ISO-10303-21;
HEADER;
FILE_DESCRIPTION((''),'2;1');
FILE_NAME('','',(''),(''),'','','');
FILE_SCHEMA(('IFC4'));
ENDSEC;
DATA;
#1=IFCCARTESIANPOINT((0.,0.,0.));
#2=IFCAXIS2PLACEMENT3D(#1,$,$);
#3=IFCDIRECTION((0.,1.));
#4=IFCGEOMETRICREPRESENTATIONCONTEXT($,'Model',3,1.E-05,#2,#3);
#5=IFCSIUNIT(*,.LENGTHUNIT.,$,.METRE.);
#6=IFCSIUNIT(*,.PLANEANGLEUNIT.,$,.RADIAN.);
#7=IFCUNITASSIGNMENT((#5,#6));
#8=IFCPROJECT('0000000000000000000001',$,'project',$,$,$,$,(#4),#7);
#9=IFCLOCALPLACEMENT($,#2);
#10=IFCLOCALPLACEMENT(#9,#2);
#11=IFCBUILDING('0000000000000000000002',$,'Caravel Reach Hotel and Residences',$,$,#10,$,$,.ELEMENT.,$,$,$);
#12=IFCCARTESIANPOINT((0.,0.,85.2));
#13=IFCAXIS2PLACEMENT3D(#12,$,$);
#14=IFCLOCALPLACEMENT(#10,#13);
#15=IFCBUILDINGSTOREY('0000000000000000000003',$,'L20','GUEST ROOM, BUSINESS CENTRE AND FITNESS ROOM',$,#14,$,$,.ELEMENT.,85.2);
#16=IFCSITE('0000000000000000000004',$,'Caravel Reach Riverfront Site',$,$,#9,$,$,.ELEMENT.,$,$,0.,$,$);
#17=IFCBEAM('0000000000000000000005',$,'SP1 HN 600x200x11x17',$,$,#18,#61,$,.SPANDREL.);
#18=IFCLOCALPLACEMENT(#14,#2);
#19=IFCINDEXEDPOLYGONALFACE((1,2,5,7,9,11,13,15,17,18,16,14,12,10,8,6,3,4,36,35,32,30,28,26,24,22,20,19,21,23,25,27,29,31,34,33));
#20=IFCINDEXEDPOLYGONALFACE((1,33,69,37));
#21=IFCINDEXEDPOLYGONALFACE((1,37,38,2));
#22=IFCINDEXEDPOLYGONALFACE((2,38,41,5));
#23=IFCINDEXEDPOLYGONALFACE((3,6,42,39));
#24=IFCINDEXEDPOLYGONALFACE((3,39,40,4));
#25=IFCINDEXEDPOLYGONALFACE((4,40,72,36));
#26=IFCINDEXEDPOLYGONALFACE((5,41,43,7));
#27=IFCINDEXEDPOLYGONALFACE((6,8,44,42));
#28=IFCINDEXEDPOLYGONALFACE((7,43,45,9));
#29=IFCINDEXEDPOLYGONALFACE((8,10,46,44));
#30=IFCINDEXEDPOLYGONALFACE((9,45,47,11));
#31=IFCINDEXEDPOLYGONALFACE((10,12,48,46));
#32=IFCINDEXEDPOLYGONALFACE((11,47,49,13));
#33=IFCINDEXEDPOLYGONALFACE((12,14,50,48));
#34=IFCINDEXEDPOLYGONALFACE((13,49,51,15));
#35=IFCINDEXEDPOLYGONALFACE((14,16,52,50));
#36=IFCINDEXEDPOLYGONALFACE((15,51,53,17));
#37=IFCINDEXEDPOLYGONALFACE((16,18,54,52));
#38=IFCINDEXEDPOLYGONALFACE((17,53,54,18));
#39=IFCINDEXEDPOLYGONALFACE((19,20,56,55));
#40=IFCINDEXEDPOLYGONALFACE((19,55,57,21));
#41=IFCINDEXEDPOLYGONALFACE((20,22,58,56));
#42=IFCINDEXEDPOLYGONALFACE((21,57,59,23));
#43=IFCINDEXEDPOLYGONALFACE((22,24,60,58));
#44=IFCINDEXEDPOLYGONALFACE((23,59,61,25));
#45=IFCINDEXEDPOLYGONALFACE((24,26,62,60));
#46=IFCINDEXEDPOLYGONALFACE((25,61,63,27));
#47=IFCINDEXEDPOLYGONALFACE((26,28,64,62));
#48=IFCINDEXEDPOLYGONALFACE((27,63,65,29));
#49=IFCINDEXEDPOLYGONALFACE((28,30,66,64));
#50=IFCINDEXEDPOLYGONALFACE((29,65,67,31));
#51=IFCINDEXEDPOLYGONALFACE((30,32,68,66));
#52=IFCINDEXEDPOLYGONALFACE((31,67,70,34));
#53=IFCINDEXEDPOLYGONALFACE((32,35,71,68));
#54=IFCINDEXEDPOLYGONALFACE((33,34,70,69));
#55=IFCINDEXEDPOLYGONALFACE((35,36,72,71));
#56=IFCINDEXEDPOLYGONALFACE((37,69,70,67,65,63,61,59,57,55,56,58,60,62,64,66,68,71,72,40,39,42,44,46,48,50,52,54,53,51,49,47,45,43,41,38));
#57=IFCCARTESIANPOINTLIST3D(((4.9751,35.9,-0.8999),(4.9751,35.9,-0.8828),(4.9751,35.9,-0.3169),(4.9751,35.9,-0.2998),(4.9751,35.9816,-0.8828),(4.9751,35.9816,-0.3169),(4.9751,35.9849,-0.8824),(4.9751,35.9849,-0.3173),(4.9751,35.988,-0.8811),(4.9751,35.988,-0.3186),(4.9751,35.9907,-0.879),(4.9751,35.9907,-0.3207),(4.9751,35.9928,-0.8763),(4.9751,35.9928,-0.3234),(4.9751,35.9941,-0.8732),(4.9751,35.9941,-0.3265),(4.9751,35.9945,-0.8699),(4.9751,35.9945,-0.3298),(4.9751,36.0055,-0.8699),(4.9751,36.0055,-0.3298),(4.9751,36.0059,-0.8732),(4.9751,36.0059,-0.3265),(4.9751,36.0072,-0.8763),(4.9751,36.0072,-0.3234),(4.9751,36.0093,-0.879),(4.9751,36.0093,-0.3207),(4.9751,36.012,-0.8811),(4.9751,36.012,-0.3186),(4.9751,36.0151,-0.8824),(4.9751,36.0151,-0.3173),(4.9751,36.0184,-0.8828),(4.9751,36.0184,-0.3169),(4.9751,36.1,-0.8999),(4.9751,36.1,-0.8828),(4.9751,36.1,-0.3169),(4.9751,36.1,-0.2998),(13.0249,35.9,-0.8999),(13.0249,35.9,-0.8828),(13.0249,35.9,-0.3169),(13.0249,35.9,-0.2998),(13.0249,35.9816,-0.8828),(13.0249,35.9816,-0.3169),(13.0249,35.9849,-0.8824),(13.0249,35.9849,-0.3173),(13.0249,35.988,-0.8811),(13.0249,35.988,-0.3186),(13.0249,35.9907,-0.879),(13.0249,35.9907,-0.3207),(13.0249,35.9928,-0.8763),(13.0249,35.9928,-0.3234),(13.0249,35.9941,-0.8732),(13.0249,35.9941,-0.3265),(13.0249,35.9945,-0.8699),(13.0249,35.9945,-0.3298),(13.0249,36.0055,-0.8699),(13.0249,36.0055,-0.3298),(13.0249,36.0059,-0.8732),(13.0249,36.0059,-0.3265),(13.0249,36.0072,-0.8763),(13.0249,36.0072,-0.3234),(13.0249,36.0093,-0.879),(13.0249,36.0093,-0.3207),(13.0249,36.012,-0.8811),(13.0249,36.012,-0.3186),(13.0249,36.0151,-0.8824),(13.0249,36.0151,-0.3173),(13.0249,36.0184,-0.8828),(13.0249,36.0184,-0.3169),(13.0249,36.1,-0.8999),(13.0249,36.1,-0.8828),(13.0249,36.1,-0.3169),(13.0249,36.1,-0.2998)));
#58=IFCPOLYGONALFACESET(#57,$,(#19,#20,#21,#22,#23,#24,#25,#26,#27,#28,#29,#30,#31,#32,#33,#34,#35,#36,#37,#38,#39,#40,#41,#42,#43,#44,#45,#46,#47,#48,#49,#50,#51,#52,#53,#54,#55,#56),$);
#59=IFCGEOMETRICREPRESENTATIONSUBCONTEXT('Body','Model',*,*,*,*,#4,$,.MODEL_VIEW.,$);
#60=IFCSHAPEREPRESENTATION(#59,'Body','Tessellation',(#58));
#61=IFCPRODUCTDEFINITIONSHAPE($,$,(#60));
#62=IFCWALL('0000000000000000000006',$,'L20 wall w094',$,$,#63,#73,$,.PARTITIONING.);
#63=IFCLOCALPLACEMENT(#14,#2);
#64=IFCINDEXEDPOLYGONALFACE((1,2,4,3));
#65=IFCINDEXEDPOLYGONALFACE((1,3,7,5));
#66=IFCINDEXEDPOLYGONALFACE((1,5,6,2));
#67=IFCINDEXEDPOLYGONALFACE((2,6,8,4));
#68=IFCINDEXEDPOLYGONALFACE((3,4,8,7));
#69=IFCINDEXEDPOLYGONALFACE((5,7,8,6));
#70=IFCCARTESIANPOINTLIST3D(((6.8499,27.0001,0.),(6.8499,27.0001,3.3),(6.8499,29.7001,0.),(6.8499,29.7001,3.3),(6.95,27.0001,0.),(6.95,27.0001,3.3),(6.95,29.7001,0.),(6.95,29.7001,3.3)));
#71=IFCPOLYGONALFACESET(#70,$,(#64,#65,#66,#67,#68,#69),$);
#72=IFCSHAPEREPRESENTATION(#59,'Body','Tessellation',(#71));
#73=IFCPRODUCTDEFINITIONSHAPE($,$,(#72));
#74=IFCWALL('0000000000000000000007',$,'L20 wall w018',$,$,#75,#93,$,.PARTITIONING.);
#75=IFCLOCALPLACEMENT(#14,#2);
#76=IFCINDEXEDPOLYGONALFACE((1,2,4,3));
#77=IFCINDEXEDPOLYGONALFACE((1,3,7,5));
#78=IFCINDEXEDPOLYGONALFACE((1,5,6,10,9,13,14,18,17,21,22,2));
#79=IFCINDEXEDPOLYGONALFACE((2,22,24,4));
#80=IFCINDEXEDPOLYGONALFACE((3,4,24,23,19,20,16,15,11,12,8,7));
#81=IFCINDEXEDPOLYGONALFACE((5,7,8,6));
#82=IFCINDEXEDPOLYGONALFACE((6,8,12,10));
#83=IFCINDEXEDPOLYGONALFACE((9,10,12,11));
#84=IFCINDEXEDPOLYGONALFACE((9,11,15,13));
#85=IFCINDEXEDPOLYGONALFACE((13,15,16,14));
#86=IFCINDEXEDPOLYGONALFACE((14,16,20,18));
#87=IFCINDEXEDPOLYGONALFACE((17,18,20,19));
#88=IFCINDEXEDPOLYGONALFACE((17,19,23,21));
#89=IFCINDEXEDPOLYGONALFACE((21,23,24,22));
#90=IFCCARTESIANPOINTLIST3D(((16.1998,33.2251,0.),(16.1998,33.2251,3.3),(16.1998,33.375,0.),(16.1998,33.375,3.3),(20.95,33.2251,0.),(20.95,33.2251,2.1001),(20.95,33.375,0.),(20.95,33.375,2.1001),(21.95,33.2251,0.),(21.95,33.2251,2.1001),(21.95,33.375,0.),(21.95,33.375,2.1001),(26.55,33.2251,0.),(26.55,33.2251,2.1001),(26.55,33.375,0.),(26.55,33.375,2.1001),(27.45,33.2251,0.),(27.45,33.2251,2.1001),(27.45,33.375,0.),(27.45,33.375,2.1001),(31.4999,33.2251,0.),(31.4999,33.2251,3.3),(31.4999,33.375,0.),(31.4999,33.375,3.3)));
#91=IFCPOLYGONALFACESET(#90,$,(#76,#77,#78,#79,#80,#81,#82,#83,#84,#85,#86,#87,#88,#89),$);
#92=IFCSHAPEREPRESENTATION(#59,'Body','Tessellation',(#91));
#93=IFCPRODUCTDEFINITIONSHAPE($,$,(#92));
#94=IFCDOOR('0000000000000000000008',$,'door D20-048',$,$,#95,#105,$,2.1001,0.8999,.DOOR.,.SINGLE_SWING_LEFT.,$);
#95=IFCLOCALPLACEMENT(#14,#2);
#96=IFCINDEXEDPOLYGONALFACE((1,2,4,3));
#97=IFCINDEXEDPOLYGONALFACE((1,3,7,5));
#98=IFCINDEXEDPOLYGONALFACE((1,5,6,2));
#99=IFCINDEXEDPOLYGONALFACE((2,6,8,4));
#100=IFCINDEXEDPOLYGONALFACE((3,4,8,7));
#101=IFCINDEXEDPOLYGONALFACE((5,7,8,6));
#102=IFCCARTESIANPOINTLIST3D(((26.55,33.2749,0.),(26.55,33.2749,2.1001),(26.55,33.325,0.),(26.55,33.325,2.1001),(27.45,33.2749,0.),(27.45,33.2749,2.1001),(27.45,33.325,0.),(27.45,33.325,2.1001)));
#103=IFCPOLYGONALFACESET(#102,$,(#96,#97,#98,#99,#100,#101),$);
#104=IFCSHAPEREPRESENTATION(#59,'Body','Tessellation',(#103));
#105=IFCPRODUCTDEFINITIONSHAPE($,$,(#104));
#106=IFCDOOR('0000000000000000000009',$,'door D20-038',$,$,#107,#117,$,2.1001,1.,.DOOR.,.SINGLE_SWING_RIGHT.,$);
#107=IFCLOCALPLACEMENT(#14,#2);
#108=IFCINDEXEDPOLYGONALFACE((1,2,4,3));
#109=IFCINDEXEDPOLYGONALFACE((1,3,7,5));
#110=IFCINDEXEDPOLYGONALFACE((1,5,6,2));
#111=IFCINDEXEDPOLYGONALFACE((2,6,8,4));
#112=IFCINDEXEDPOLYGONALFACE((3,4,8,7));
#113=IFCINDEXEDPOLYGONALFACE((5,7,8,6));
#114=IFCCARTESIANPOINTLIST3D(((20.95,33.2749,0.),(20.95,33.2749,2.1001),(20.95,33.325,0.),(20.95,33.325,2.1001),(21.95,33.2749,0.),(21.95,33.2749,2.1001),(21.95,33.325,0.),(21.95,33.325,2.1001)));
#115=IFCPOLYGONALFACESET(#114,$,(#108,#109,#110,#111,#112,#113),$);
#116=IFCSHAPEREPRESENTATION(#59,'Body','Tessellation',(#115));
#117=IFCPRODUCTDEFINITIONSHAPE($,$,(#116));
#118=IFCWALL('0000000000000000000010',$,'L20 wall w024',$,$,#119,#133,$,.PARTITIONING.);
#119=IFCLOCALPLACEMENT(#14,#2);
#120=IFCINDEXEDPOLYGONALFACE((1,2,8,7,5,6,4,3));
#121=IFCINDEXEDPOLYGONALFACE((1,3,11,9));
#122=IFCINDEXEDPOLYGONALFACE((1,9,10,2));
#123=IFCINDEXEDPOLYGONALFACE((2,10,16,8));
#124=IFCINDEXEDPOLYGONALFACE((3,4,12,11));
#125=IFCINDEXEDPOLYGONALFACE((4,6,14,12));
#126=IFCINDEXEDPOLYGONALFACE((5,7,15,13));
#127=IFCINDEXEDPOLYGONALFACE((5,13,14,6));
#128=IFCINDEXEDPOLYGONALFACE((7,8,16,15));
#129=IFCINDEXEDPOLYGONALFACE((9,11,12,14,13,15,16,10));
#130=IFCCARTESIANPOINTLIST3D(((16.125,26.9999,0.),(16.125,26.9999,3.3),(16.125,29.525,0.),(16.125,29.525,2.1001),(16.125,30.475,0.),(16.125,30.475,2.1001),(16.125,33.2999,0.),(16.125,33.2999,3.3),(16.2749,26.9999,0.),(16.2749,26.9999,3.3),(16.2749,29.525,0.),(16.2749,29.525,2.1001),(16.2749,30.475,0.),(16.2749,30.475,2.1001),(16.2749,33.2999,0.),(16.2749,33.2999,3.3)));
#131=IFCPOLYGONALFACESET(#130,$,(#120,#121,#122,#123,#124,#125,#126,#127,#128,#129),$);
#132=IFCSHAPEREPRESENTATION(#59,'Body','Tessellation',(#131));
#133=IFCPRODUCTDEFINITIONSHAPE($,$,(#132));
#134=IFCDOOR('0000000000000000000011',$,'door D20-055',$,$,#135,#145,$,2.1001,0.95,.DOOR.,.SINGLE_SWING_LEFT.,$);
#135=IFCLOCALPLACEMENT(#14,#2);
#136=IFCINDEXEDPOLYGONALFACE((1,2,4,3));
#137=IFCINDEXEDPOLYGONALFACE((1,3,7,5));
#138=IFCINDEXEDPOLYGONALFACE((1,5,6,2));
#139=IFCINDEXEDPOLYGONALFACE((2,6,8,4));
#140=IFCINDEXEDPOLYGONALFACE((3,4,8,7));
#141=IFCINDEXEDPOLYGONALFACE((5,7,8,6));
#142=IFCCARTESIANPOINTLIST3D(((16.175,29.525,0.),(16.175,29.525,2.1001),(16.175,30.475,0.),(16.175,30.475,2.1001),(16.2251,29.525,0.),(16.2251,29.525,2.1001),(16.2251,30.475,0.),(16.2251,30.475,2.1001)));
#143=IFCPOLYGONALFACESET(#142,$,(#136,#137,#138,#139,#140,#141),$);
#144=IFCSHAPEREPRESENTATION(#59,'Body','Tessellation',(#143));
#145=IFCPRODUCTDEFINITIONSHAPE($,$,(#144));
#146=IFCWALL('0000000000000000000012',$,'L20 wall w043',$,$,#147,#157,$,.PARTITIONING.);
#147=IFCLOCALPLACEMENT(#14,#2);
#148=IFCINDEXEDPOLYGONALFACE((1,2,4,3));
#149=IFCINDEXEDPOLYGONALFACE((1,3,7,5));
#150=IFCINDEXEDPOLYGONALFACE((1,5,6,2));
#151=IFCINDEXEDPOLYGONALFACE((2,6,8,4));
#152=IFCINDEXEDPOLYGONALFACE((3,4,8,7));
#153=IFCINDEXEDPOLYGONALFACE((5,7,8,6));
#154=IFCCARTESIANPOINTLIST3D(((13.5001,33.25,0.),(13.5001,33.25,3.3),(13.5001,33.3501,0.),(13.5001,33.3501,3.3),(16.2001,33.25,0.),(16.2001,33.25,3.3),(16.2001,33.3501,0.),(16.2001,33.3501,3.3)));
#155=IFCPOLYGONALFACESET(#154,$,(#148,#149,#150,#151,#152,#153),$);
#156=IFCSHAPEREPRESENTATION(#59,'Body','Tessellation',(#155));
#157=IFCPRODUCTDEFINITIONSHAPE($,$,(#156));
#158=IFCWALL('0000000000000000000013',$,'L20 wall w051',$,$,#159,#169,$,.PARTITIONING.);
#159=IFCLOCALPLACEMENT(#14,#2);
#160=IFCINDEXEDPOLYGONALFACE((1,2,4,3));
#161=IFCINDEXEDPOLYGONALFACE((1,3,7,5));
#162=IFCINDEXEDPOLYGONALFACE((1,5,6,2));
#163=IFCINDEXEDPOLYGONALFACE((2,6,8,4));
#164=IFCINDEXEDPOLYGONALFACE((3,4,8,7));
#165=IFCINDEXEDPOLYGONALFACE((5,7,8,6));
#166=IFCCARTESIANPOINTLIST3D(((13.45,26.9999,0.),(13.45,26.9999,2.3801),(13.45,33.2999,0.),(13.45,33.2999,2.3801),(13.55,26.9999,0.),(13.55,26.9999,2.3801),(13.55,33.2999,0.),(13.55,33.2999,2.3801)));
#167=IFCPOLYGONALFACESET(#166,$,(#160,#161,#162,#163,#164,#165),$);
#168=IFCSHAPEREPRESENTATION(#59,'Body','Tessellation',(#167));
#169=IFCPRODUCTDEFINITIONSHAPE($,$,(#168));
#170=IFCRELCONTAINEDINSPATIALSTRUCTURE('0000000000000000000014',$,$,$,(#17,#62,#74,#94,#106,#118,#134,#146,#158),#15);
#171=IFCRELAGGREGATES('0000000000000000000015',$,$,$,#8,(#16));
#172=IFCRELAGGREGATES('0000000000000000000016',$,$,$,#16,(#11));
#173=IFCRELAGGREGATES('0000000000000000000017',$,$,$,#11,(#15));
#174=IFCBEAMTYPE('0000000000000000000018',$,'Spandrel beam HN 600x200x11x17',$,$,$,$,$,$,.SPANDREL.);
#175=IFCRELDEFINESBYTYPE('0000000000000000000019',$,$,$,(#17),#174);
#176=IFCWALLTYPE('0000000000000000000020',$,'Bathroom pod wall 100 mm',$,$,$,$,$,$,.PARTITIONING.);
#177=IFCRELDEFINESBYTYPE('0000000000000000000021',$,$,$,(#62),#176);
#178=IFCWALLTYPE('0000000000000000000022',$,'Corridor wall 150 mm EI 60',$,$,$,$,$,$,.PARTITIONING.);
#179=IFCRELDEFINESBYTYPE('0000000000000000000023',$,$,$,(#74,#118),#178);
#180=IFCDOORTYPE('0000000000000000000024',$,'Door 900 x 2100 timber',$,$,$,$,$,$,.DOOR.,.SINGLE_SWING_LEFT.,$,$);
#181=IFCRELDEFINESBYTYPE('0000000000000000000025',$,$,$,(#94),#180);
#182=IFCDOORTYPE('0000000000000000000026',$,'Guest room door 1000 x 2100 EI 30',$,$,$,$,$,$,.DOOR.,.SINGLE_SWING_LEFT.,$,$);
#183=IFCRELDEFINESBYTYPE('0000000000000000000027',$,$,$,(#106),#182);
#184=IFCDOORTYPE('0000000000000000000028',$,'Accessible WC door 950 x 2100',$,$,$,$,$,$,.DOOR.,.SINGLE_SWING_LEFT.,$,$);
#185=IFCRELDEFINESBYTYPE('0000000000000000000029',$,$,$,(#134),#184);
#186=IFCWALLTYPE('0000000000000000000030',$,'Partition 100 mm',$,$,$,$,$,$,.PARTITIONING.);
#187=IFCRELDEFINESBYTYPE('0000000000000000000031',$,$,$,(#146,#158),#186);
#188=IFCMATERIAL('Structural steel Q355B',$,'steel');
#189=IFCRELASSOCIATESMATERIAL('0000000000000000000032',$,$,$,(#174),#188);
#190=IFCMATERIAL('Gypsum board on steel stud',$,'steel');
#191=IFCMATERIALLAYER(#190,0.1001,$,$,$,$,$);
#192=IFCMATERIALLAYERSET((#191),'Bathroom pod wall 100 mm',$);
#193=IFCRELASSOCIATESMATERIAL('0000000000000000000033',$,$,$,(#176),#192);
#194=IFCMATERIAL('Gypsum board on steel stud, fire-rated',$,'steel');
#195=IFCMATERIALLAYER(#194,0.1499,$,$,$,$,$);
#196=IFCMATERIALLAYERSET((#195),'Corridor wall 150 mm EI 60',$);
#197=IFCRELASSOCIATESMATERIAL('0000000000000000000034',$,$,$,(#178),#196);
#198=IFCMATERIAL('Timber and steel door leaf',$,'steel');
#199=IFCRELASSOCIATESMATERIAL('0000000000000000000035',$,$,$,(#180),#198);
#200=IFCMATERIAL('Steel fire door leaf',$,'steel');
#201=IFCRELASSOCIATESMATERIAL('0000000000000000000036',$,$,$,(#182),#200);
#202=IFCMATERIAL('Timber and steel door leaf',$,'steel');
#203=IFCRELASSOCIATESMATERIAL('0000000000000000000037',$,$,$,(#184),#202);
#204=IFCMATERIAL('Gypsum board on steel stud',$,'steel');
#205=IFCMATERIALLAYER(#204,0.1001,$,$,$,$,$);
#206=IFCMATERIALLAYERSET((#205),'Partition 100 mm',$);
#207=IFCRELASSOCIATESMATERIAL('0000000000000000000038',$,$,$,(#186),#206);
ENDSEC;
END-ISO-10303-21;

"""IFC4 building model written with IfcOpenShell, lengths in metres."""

from ifc_helpers import new_model, si_unit, direction, frame, frame_2d, origin, origin_2d, place, context, subcontext, project, spatial, rectangle, i_section, extrude, material, layer, layer_set, material_profile, profile_set, type_object, element, fill, save


model = new_model("IFC4")

# Units and contexts
model_context = context("Model", 3, precision=1e-05, world=origin(), true_north=direction((0.0, 1.0)))
body_context = subcontext(model_context, "Body", "Model", "MODEL_VIEW")
ifc_project = project(units=[si_unit("LENGTHUNIT", "METRE"), si_unit("PLANEANGLEUNIT", "RADIAN")], contexts=[model_context])

# Site, building, storey
site_placement = place(None, origin())
site = spatial("IfcSite", under=ifc_project, at=site_placement, Name="Caravel Reach Riverfront Site", CompositionType="ELEMENT", RefElevation=0.0)
building_placement = place(site_placement, origin())
building = spatial("IfcBuilding", under=site, at=building_placement, Name="Caravel Reach Hotel and Residences", CompositionType="ELEMENT")
storey_placement = place(building_placement, frame((0.0, 0.0, 85.2)))
storey = spatial("IfcBuildingStorey", under=building, at=storey_placement, Name="L20", Description="GUEST ROOM, BUSINESS CENTRE AND FITNESS ROOM", CompositionType="ELEMENT", Elevation=85.2)

# Beam
ifc_material_1 = material(Name="Structural steel Q355B", Category="steel")
ifc_material_profile_1 = material_profile(ifc_material_1, i_section(OverallWidth=0.2, OverallDepth=0.6001, WebThickness=0.011, FlangeThickness=0.0171, FilletRadius=0.0129, at=origin_2d()), Name="HN 600x200x11x17")
ifc_profile_set_1 = profile_set([ifc_material_profile_1], Name="Structural steel Q355B")
beam_type_1 = type_object("IfcBeamType", Name="Spandrel beam HN 600x200x11x17", PredefinedType="SPANDREL", material=ifc_profile_set_1)
beam_1_placement = place(storey_placement, frame((13.0249, 36.0, -0.5999), z_axis=(-1.0, 0.0, 0.0), x_axis=(0.0, -1.0, 0.0)))
element("IfcBeam", 1, at=beam_1_placement, inside=storey, type_object=beam_type_1, Name="SP1 HN 600x200x11x17", PredefinedType="SPANDREL", context=body_context, shape_type="SweptSolid", body=[
    extrude(i_section(OverallWidth=0.2, OverallDepth=0.6001, WebThickness=0.011, FlangeThickness=0.0171, FilletRadius=0.0129, at=origin_2d()), origin(), (0.0, 0.0, 1.0), 8.0498),
])

# Wall
ifc_material_2 = material(Name="Gypsum board on steel stud", Category="steel")
ifc_layer_1 = layer(ifc_material_2, 0.1001)
ifc_layer_set_1 = layer_set([ifc_layer_1], Name="Bathroom pod wall 100 mm")
wall_type_1 = type_object("IfcWallType", Name="Bathroom pod wall 100 mm", PredefinedType="PARTITIONING", material=ifc_layer_set_1)
wall_1_placement = place(storey_placement, frame((6.8999, 27.0, 0.0), z_axis=(0.0, 0.0, 1.0), x_axis=(0.0, 1.0, 0.0)))
element("IfcWall", 2, at=wall_1_placement, inside=storey, type_object=wall_type_1, Name="L20 wall w094", PredefinedType="PARTITIONING", context=body_context, shape_type="SweptSolid", body=[
    extrude(rectangle(XDim=2.7, YDim=0.1001, at=frame_2d((1.3501, 0.0))), origin(), (0.0, 0.0, 1.0), 3.3),
])

# Wall, openings, doors
ifc_material_3 = material(Name="Gypsum board on steel stud, fire-rated", Category="steel")
ifc_layer_2 = layer(ifc_material_3, 0.1499)
ifc_layer_set_2 = layer_set([ifc_layer_2], Name="Corridor wall 150 mm EI 60")
wall_type_2 = type_object("IfcWallType", Name="Corridor wall 150 mm EI 60", PredefinedType="PARTITIONING", material=ifc_layer_set_2)
wall_2_placement = place(storey_placement, frame((16.2, 33.3, 0.0), z_axis=(0.0, 0.0, 1.0), x_axis=(1.0, 0.0, 0.0)))
wall_2 = element("IfcWall", 3, at=wall_2_placement, inside=storey, type_object=wall_type_2, Name="L20 wall w018", PredefinedType="PARTITIONING", context=body_context, shape_type="SweptSolid", body=[
    extrude(rectangle(XDim=15.3, YDim=0.1499, at=frame_2d((7.6499, 0.0))), origin(), (0.0, 0.0, 1.0), 3.3),
])
opening_1_placement = place(wall_2_placement, frame((4.75, 0.0, 0.0)))
opening_1 = element("IfcOpeningElement", 4, at=opening_1_placement, cuts=wall_2, PredefinedType="OPENING", context=body_context, shape_type="SweptSolid", body=[
    extrude(rectangle(XDim=1.0, YDim=2.1001, at=frame_2d((0.5, 1.05))), frame((0.0, 0.085, 0.0), z_axis=(0.0, -1.0, 0.0), x_axis=(1.0, 0.0, 0.0)), (0.0, 0.0, 1.0), 0.1699),
])
opening_2_placement = place(wall_2_placement, frame((10.3501, 0.0, 0.0)))
opening_2 = element("IfcOpeningElement", 5, at=opening_2_placement, cuts=wall_2, PredefinedType="OPENING", context=body_context, shape_type="SweptSolid", body=[
    extrude(rectangle(XDim=0.8999, YDim=2.1001, at=frame_2d((0.45, 1.05))), frame((0.0, 0.085, 0.0), z_axis=(0.0, -1.0, 0.0), x_axis=(1.0, 0.0, 0.0)), (0.0, 0.0, 1.0), 0.1699),
])
ifc_material_4 = material(Name="Timber and steel door leaf", Category="steel")
door_type_1 = type_object("IfcDoorType", Name="Door 900 x 2100 timber", OperationType="SINGLE_SWING_LEFT", PredefinedType="DOOR", material=ifc_material_4)
door_1_placement = place(opening_2_placement, origin())
door_1 = element("IfcDoor", 6, at=door_1_placement, inside=storey, type_object=door_type_1, Name="door D20-048", OperationType="SINGLE_SWING_LEFT", OverallHeight=2.1001, OverallWidth=0.8999, PredefinedType="DOOR", context=body_context, shape_type="SweptSolid", body=[
    extrude(rectangle(XDim=0.8999, YDim=2.1001, at=frame_2d((0.45, 1.05))), frame((0.0, 0.0249, 0.0), z_axis=(0.0, -1.0, 0.0), x_axis=(1.0, 0.0, 0.0)), (0.0, 0.0, 1.0), 0.05),
])
fill(opening_2, door_1)
ifc_material_5 = material(Name="Steel fire door leaf", Category="steel")
door_type_2 = type_object("IfcDoorType", Name="Guest room door 1000 x 2100 EI 30", OperationType="SINGLE_SWING_LEFT", PredefinedType="DOOR", material=ifc_material_5)
door_2_placement = place(opening_1_placement, origin())
door_2 = element("IfcDoor", 7, at=door_2_placement, inside=storey, type_object=door_type_2, Name="door D20-038", OperationType="SINGLE_SWING_RIGHT", OverallHeight=2.1001, OverallWidth=1.0, PredefinedType="DOOR", context=body_context, shape_type="SweptSolid", body=[
    extrude(rectangle(XDim=1.0, YDim=2.1001, at=frame_2d((0.5, 1.05))), frame((0.0, 0.0249, 0.0), z_axis=(0.0, -1.0, 0.0), x_axis=(1.0, 0.0, 0.0)), (0.0, 0.0, 1.0), 0.05),
])
fill(opening_1, door_2)

# Wall, opening, door
wall_3_placement = place(storey_placement, frame((16.2, 27.0, 0.0), z_axis=(0.0, 0.0, 1.0), x_axis=(0.0, 1.0, 0.0)))
wall_3 = element("IfcWall", 8, at=wall_3_placement, inside=storey, type_object=wall_type_2, Name="L20 wall w024", PredefinedType="PARTITIONING", context=body_context, shape_type="SweptSolid", body=[
    extrude(rectangle(XDim=6.3, YDim=0.1499, at=frame_2d((3.1499, 0.0))), origin(), (0.0, 0.0, 1.0), 3.3),
])
opening_3_placement = place(wall_3_placement, frame((2.5249, 0.0, 0.0)))
opening_3 = element("IfcOpeningElement", 9, at=opening_3_placement, cuts=wall_3, PredefinedType="OPENING", context=body_context, shape_type="SweptSolid", body=[
    extrude(rectangle(XDim=0.95, YDim=2.1001, at=frame_2d((0.4751, 1.05))), frame((0.0, 0.085, 0.0), z_axis=(0.0, -1.0, 0.0), x_axis=(1.0, 0.0, 0.0)), (0.0, 0.0, 1.0), 0.1699),
])
ifc_material_6 = material(Name="Timber and steel door leaf", Category="steel")
door_type_3 = type_object("IfcDoorType", Name="Accessible WC door 950 x 2100", OperationType="SINGLE_SWING_LEFT", PredefinedType="DOOR", material=ifc_material_6)
door_3_placement = place(opening_3_placement, origin())
door_3 = element("IfcDoor", 10, at=door_3_placement, inside=storey, type_object=door_type_3, Name="door D20-055", OperationType="SINGLE_SWING_LEFT", OverallHeight=2.1001, OverallWidth=0.95, PredefinedType="DOOR", context=body_context, shape_type="SweptSolid", body=[
    extrude(rectangle(XDim=0.95, YDim=2.1001, at=frame_2d((0.4751, 1.05))), frame((0.0, 0.0249, 0.0), z_axis=(0.0, -1.0, 0.0), x_axis=(1.0, 0.0, 0.0)), (0.0, 0.0, 1.0), 0.05),
])
fill(opening_3, door_3)

# Walls
ifc_material_7 = material(Name="Gypsum board on steel stud", Category="steel")
ifc_layer_3 = layer(ifc_material_7, 0.1001)
ifc_layer_set_3 = layer_set([ifc_layer_3], Name="Partition 100 mm")
wall_type_3 = type_object("IfcWallType", Name="Partition 100 mm", PredefinedType="PARTITIONING", material=ifc_layer_set_3)
wall_4_placement = place(storey_placement, frame((13.5, 33.3, 0.0), z_axis=(0.0, 0.0, 1.0), x_axis=(1.0, 0.0, 0.0)))
element("IfcWall", 11, at=wall_4_placement, inside=storey, type_object=wall_type_3, Name="L20 wall w043", PredefinedType="PARTITIONING", context=body_context, shape_type="SweptSolid", body=[
    extrude(rectangle(XDim=2.7, YDim=0.1001, at=frame_2d((1.3501, 0.0))), origin(), (0.0, 0.0, 1.0), 3.3),
])
wall_5_placement = place(storey_placement, frame((13.5, 27.0, 0.0), z_axis=(0.0, 0.0, 1.0), x_axis=(0.0, 1.0, 0.0)))
element("IfcWall", 12, at=wall_5_placement, inside=storey, type_object=wall_type_3, Name="L20 wall w051", PredefinedType="PARTITIONING", context=body_context, shape_type="SweptSolid", body=[
    extrude(rectangle(XDim=6.3, YDim=0.1001, at=frame_2d((3.1499, 0.0))), origin(), (0.0, 0.0, 1.0), 2.3801),
])

save(model, "model.ifc")
